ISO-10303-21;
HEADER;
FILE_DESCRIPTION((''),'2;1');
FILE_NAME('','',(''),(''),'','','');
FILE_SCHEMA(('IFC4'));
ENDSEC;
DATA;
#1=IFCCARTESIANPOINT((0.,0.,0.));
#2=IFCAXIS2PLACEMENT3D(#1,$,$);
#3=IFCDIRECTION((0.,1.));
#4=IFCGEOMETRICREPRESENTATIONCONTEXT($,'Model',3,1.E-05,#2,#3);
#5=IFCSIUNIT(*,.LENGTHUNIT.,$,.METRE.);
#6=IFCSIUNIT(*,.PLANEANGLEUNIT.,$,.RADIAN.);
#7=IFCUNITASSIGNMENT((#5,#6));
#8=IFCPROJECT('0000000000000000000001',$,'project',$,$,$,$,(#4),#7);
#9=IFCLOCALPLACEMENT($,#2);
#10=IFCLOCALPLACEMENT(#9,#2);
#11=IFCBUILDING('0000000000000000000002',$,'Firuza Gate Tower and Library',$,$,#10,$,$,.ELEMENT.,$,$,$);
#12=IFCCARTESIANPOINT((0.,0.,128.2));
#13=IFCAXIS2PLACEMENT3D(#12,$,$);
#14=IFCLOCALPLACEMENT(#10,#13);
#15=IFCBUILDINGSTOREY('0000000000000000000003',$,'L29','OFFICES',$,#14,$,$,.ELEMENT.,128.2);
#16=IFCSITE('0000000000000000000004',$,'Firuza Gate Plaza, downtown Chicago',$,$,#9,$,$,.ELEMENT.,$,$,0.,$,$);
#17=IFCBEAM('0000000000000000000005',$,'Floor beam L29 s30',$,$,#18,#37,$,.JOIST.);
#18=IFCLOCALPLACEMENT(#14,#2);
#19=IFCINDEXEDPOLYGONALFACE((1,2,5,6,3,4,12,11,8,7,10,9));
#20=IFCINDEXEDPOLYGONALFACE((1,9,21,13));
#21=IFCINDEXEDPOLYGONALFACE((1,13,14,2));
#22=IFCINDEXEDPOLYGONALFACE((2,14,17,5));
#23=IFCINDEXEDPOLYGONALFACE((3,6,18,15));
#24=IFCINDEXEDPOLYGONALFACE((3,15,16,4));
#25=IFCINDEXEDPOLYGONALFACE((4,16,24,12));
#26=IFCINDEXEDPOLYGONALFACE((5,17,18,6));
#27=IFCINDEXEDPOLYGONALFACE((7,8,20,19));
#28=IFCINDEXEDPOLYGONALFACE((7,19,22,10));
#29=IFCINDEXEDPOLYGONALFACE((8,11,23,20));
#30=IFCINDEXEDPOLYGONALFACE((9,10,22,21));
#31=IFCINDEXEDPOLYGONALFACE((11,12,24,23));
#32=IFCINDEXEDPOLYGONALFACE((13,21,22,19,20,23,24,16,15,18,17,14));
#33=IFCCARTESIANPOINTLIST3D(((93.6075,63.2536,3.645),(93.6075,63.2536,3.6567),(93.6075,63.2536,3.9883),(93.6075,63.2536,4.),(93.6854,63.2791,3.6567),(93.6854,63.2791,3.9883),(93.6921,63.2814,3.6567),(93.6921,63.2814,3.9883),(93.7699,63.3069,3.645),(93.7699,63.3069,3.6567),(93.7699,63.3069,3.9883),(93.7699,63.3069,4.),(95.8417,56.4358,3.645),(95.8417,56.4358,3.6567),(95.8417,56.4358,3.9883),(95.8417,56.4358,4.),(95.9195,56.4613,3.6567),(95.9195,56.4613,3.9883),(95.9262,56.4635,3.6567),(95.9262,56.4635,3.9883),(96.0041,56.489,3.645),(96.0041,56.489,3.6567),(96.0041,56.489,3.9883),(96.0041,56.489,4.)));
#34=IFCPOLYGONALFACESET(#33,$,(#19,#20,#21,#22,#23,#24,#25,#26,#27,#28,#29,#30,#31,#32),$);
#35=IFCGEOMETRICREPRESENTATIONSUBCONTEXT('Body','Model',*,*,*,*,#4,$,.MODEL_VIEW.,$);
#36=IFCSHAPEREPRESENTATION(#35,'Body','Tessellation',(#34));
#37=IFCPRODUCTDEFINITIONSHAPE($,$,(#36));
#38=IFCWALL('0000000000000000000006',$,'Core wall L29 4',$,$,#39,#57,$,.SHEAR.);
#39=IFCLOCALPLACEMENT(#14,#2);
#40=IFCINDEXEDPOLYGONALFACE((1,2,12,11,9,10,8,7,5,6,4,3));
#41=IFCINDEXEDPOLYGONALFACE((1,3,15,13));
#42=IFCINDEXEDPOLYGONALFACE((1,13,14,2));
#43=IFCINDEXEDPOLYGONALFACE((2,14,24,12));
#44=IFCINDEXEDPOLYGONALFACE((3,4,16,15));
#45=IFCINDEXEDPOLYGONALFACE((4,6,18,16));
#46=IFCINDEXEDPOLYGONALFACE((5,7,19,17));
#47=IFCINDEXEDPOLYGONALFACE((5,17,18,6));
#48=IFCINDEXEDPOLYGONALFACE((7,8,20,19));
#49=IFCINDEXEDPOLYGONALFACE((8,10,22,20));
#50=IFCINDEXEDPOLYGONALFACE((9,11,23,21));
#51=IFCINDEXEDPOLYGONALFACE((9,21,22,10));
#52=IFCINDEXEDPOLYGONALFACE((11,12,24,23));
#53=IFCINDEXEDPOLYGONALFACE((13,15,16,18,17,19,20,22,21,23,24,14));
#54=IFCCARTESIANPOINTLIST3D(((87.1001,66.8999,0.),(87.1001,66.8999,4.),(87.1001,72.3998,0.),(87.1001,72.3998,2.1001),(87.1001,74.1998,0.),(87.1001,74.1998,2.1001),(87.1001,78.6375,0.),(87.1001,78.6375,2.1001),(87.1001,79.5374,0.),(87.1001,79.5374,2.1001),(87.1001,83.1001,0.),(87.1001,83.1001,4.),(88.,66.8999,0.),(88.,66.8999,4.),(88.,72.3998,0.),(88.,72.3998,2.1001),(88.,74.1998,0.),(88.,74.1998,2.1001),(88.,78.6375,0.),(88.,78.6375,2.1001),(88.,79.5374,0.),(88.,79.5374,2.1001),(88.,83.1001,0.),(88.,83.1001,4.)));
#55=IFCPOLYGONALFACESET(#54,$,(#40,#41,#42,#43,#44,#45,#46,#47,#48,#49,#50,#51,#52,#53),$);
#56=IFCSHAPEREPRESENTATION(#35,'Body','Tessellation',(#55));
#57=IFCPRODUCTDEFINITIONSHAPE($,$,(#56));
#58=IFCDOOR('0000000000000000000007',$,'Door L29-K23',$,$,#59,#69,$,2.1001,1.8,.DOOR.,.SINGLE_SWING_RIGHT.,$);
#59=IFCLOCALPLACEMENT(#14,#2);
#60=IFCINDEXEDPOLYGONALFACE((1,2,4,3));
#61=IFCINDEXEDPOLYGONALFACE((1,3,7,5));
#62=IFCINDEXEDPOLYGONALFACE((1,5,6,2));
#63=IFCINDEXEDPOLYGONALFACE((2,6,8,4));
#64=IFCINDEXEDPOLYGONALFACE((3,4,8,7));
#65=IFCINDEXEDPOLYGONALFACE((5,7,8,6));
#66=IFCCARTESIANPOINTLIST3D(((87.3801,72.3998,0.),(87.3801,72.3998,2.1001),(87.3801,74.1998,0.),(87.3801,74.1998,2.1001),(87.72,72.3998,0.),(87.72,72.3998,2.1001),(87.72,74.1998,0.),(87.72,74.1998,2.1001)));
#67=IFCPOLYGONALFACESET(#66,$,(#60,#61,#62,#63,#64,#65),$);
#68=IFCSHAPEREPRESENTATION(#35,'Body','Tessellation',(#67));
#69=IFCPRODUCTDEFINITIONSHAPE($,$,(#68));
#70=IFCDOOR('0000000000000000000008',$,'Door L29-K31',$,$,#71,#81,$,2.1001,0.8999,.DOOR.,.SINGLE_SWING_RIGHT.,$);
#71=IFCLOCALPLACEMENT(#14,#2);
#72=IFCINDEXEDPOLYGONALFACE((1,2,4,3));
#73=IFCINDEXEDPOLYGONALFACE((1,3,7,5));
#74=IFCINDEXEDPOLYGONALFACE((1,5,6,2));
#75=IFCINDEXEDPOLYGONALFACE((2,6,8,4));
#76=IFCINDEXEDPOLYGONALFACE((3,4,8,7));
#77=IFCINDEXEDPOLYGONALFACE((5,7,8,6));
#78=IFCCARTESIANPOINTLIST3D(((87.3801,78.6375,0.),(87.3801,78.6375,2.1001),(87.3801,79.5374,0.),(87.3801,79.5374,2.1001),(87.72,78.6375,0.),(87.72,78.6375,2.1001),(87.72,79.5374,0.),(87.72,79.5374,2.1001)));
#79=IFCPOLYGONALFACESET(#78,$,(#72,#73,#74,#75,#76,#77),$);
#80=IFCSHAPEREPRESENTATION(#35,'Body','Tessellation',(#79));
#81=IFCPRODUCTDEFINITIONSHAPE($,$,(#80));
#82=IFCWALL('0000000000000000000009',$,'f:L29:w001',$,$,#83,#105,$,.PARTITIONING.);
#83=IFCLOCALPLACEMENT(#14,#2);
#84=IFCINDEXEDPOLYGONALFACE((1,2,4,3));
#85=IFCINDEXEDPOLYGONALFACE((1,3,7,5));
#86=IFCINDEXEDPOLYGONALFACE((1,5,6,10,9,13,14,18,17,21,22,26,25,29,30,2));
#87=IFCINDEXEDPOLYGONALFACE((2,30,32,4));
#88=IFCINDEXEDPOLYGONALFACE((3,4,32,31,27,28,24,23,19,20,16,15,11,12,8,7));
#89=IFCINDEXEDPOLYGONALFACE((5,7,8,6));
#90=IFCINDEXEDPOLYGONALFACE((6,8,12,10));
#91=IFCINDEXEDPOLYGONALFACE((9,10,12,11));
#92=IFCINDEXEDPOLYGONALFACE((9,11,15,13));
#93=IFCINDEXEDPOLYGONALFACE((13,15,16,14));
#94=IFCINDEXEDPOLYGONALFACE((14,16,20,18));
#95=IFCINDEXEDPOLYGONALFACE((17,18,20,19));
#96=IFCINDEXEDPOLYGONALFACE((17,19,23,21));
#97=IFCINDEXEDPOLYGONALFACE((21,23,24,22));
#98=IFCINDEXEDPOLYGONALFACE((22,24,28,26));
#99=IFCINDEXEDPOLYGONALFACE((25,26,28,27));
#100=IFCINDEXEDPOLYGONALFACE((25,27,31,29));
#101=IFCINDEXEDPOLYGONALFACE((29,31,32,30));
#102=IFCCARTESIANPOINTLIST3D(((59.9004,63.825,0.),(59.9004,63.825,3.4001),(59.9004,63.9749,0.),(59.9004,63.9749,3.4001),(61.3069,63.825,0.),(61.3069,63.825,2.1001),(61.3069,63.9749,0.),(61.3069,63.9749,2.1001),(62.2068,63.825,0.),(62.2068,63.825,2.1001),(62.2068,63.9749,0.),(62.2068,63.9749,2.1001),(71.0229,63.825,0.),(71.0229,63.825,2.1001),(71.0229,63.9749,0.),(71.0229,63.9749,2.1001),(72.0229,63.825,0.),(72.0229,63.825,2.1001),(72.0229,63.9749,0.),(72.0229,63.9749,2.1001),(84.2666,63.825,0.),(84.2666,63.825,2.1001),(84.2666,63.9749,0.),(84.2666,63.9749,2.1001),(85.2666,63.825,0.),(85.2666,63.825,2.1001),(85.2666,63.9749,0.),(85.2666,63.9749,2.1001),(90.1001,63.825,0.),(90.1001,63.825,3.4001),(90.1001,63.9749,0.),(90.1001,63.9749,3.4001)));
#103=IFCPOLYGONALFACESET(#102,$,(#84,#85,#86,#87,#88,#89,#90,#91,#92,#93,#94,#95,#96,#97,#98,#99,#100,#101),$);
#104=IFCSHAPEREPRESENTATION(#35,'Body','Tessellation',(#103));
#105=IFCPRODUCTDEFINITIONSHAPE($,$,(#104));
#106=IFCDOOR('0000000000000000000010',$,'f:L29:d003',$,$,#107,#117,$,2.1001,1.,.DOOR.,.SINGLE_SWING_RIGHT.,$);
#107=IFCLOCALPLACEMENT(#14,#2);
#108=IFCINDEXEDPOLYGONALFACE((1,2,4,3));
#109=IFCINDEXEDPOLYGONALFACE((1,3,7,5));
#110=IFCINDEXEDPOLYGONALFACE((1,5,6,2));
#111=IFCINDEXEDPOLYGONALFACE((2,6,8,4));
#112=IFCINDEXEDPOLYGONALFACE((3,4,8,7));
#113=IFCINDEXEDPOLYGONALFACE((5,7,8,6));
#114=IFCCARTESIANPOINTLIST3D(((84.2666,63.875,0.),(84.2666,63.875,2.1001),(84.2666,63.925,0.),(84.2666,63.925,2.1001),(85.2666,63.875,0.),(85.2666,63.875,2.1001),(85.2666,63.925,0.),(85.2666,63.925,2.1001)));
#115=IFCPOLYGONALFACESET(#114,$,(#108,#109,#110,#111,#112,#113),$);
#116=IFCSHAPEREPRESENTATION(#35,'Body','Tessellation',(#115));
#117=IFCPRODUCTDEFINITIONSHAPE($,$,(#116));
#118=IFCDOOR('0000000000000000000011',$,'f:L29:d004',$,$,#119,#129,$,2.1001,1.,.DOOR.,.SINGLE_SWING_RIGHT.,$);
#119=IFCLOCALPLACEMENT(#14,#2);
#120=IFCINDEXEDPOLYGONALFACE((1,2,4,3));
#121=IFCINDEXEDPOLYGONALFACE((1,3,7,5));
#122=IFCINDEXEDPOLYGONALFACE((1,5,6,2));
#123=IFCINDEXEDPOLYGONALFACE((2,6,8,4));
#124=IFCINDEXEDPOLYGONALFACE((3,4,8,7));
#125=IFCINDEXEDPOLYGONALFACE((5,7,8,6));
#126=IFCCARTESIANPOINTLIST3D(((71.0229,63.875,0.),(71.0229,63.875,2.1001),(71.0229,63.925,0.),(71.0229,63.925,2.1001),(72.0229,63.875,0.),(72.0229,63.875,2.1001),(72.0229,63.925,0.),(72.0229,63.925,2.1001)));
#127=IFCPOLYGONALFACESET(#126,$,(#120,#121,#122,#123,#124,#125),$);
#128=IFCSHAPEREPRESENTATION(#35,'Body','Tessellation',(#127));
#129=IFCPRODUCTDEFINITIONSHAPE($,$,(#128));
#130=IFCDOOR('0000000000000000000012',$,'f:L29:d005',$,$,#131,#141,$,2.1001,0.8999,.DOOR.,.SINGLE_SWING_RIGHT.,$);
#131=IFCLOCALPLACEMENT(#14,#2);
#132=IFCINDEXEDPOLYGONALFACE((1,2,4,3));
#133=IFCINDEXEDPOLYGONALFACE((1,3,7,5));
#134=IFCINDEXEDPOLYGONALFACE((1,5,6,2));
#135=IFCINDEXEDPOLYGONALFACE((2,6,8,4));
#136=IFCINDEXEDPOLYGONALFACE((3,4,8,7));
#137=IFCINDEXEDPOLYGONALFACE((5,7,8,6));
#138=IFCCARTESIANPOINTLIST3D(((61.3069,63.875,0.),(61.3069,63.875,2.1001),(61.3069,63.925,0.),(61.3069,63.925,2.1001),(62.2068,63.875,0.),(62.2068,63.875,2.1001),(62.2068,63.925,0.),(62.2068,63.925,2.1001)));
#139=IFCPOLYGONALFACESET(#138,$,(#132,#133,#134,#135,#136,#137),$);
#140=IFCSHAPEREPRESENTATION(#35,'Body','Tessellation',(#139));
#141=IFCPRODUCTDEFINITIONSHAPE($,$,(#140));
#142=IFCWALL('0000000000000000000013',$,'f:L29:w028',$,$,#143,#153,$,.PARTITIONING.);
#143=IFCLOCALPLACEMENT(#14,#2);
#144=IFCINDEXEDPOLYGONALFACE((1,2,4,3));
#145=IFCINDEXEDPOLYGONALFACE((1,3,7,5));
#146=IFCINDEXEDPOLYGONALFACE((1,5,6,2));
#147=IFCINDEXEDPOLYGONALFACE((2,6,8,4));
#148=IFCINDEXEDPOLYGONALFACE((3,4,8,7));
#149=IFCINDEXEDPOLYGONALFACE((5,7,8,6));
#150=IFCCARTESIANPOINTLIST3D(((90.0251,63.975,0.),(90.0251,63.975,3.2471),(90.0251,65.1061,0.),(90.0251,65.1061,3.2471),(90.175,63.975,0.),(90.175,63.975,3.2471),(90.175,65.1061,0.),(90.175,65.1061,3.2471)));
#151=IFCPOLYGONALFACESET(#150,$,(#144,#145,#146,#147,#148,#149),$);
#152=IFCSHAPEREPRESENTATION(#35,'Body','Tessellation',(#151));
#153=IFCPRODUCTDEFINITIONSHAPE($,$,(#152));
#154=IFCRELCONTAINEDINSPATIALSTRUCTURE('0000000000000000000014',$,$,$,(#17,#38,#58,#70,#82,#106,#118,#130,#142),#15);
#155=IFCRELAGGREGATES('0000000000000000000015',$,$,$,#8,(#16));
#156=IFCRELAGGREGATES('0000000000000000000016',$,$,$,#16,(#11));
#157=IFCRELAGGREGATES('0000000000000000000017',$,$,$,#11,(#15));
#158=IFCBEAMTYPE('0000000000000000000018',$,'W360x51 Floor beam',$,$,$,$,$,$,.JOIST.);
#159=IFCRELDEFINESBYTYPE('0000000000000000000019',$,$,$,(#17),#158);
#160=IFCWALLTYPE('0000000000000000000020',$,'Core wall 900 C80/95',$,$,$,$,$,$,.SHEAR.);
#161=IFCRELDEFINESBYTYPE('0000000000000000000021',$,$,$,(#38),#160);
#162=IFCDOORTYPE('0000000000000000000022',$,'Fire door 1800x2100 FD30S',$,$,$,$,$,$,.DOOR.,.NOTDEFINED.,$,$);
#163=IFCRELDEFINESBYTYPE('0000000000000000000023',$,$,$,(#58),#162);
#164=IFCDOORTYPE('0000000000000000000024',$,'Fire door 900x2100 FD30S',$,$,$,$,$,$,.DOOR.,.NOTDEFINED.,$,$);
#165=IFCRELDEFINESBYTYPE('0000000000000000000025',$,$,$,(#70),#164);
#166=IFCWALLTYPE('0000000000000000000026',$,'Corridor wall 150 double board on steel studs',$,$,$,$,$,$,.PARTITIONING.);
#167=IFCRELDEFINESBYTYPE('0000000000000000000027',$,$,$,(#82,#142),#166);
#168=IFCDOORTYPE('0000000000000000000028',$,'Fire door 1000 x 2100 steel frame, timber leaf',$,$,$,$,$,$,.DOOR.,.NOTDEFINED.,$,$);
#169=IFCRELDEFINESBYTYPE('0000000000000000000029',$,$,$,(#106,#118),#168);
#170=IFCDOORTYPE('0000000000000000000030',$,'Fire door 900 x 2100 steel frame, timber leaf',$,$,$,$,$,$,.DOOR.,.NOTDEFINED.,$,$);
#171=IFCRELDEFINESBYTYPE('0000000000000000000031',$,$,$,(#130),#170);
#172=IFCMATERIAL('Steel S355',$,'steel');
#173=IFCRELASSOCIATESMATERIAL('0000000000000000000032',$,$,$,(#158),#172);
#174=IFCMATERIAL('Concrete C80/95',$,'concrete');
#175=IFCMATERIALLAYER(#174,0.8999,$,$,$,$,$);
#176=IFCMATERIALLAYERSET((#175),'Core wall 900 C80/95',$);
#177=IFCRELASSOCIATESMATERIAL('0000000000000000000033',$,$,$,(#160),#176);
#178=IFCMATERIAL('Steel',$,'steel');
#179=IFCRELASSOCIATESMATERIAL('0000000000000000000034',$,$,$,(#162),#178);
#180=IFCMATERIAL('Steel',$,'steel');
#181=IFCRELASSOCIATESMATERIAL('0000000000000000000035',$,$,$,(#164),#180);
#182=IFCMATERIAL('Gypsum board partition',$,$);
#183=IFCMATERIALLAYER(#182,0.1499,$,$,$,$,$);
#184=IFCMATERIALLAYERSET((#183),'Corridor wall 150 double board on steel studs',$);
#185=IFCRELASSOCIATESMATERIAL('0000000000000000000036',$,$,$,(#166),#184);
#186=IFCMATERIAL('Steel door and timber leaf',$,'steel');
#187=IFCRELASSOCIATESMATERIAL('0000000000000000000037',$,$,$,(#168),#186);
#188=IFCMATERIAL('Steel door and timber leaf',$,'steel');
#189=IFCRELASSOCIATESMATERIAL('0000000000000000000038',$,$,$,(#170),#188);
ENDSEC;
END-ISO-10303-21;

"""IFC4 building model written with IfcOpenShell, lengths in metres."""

from ifc_helpers import new_model, si_unit, direction, frame, frame_2d, origin, origin_2d, place, context, subcontext, project, spatial, rectangle, i_section, extrude, material, layer, layer_set, material_profile, profile_set, type_object, element, fill, save


model = new_model("IFC4")

# Units and contexts
model_context = context("Model", 3, precision=1e-05, world=origin(), true_north=direction((0.0, 1.0)))
body_context = subcontext(model_context, "Body", "Model", "MODEL_VIEW")
ifc_project = project(units=[si_unit("LENGTHUNIT", "METRE"), si_unit("PLANEANGLEUNIT", "RADIAN")], contexts=[model_context])

# Site, building, storey
site_placement = place(None, origin())
site = spatial("IfcSite", under=ifc_project, at=site_placement, Name="Firuza Gate Plaza, downtown Chicago", CompositionType="ELEMENT", RefElevation=0.0)
building_placement = place(site_placement, origin())
building = spatial("IfcBuilding", under=site, at=building_placement, Name="Firuza Gate Tower and Library", CompositionType="ELEMENT")
storey_placement = place(building_placement, frame((0.0, 0.0, 128.2)))
storey = spatial("IfcBuildingStorey", under=building, at=storey_placement, Name="L29", Description="OFFICES", CompositionType="ELEMENT", Elevation=128.2)

# Beam
ifc_material_1 = material(Name="Steel S355", Category="steel")
ifc_material_profile = material_profile(ifc_material_1, i_section(OverallWidth=0.1709, OverallDepth=0.355, WebThickness=0.0071, FlangeThickness=0.0117, at=origin_2d()))
ifc_profile_set = profile_set([ifc_material_profile], Name="Steel S355")
beam_type = type_object("IfcBeamType", Name="W360x51 Floor beam", PredefinedType="JOIST", material=ifc_profile_set)
beam_placement = place(storey_placement, frame((95.9229, 56.4624, 3.8225), z_axis=(-0.311395, 0.950281, 0.0), x_axis=(-0.950281, -0.311395, 0.0)))
element("IfcBeam", 1, at=beam_placement, inside=storey, type_object=beam_type, Name="Floor beam L29 s30", PredefinedType="JOIST", context=body_context, shape_type="SweptSolid", body=[
    extrude(i_section(OverallWidth=0.1709, OverallDepth=0.355, WebThickness=0.0071, FlangeThickness=0.0117, at=origin_2d()), origin(), (0.0, 0.0, 1.0), 7.1746),
])

# Walls, openings, doors
ifc_material_2 = material(Name="Concrete C80/95", Category="concrete")
ifc_layer_1 = layer(ifc_material_2, 0.8999)
ifc_layer_set_1 = layer_set([ifc_layer_1], Name="Core wall 900 C80/95")
wall_type_1 = type_object("IfcWallType", Name="Core wall 900 C80/95", PredefinedType="SHEAR", material=ifc_layer_set_1)
wall_1_placement = place(storey_placement, frame((87.55, 66.8999, 0.0), z_axis=(0.0, 0.0, 1.0), x_axis=(0.0, 1.0, 0.0)))
wall_1 = element("IfcWall", 2, at=wall_1_placement, inside=storey, type_object=wall_type_1, Name="Core wall L29 4", PredefinedType="SHEAR", context=body_context, shape_type="SweptSolid", body=[
    extrude(rectangle(XDim=16.2002, YDim=0.8999, at=frame_2d((8.1001, 0.0))), origin(), (0.0, 0.0, 1.0), 4.0),
])
opening_1_placement = place(wall_1_placement, frame((5.5, 0.0, 0.0)))
opening_1 = element("IfcOpeningElement", 3, at=opening_1_placement, cuts=wall_1, PredefinedType="OPENING", context=body_context, shape_type="SweptSolid", body=[
    extrude(rectangle(XDim=1.8, YDim=2.1001, at=frame_2d((0.8999, 1.05))), frame((0.0, 0.46, 0.0), z_axis=(0.0, -1.0, 0.0), x_axis=(1.0, 0.0, 0.0)), (0.0, 0.0, 1.0), 0.9199),
])
opening_2_placement = place(wall_1_placement, frame((11.7375, 0.0, 0.0)))
opening_2 = element("IfcOpeningElement", 4, at=opening_2_placement, cuts=wall_1, PredefinedType="OPENING", context=body_context, shape_type="SweptSolid", body=[
    extrude(rectangle(XDim=0.8999, YDim=2.1001, at=frame_2d((0.45, 1.05))), frame((0.0, 0.46, 0.0), z_axis=(0.0, -1.0, 0.0), x_axis=(1.0, 0.0, 0.0)), (0.0, 0.0, 1.0), 0.9199),
])
ifc_material_3 = material(Name="Steel", Category="steel")
door_type_1 = type_object("IfcDoorType", Name="Fire door 1800x2100 FD30S", OperationType="NOTDEFINED", PredefinedType="DOOR", material=ifc_material_3)
door_1_placement = place(opening_1_placement, origin())
door_1 = element("IfcDoor", 5, at=door_1_placement, inside=storey, type_object=door_type_1, Name="Door L29-K23", OperationType="SINGLE_SWING_RIGHT", OverallHeight=2.1001, OverallWidth=1.8, PredefinedType="DOOR", context=body_context, shape_type="SweptSolid", body=[
    extrude(rectangle(XDim=1.8, YDim=2.1001, at=frame_2d((0.8999, 1.05))), frame((0.0, 0.1699, 0.0), z_axis=(0.0, -1.0, 0.0), x_axis=(1.0, 0.0, 0.0)), (0.0, 0.0, 1.0), 0.3398),
])
fill(opening_1, door_1)
ifc_material_4 = material(Name="Steel", Category="steel")
door_type_2 = type_object("IfcDoorType", Name="Fire door 900x2100 FD30S", OperationType="NOTDEFINED", PredefinedType="DOOR", material=ifc_material_4)
door_2_placement = place(opening_2_placement, origin())
door_2 = element("IfcDoor", 6, at=door_2_placement, inside=storey, type_object=door_type_2, Name="Door L29-K31", OperationType="SINGLE_SWING_RIGHT", OverallHeight=2.1001, OverallWidth=0.8999, PredefinedType="DOOR", context=body_context, shape_type="SweptSolid", body=[
    extrude(rectangle(XDim=0.8999, YDim=2.1001, at=frame_2d((0.45, 1.05))), frame((0.0, 0.1699, 0.0), z_axis=(0.0, -1.0, 0.0), x_axis=(1.0, 0.0, 0.0)), (0.0, 0.0, 1.0), 0.3398),
])
fill(opening_2, door_2)
ifc_material_5 = material(Name="Gypsum board partition")
ifc_layer_2 = layer(ifc_material_5, 0.1499)
ifc_layer_set_2 = layer_set([ifc_layer_2], Name="Corridor wall 150 double board on steel studs")
wall_type_2 = type_object("IfcWallType", Name="Corridor wall 150 double board on steel studs", PredefinedType="PARTITIONING", material=ifc_layer_set_2)
wall_2_placement = place(storey_placement, frame((90.1001, 63.8999, 0.0), z_axis=(0.0, 0.0, 1.0), x_axis=(-1.0, 0.0, 0.0)))
wall_2 = element("IfcWall", 7, at=wall_2_placement, inside=storey, type_object=wall_type_2, Name="f:L29:w001", PredefinedType="PARTITIONING", context=body_context, shape_type="SweptSolid", body=[
    extrude(rectangle(XDim=30.1997, YDim=0.1499, at=frame_2d((15.0999, 0.0))), origin(), (0.0, 0.0, 1.0), 3.4001),
])
opening_3_placement = place(wall_2_placement, frame((4.8335, 0.0, 0.0)))
opening_3 = element("IfcOpeningElement", 8, at=opening_3_placement, cuts=wall_2, PredefinedType="OPENING", context=body_context, shape_type="SweptSolid", body=[
    extrude(rectangle(XDim=1.0, YDim=2.1001, at=frame_2d((0.5, 1.05))), frame((0.0, 0.085, 0.0), z_axis=(0.0, -1.0, 0.0), x_axis=(1.0, 0.0, 0.0)), (0.0, 0.0, 1.0), 0.1699),
])
opening_4_placement = place(wall_2_placement, frame((18.0771, 0.0, 0.0)))
opening_4 = element("IfcOpeningElement", 9, at=opening_4_placement, cuts=wall_2, PredefinedType="OPENING", context=body_context, shape_type="SweptSolid", body=[
    extrude(rectangle(XDim=1.0, YDim=2.1001, at=frame_2d((0.5, 1.05))), frame((0.0, 0.085, 0.0), z_axis=(0.0, -1.0, 0.0), x_axis=(1.0, 0.0, 0.0)), (0.0, 0.0, 1.0), 0.1699),
])
opening_5_placement = place(wall_2_placement, frame((27.8933, 0.0, 0.0)))
opening_5 = element("IfcOpeningElement", 10, at=opening_5_placement, cuts=wall_2, PredefinedType="OPENING", context=body_context, shape_type="SweptSolid", body=[
    extrude(rectangle(XDim=0.8999, YDim=2.1001, at=frame_2d((0.45, 1.05))), frame((0.0, 0.085, 0.0), z_axis=(0.0, -1.0, 0.0), x_axis=(1.0, 0.0, 0.0)), (0.0, 0.0, 1.0), 0.1699),
])
ifc_material_6 = material(Name="Steel door and timber leaf", Category="steel")
door_type_3 = type_object("IfcDoorType", Name="Fire door 1000 x 2100 steel frame, timber leaf", OperationType="NOTDEFINED", PredefinedType="DOOR", material=ifc_material_6)
door_3_placement = place(opening_3_placement, origin())
door_3 = element("IfcDoor", 11, at=door_3_placement, inside=storey, type_object=door_type_3, Name="f:L29:d003", OperationType="SINGLE_SWING_RIGHT", OverallHeight=2.1001, OverallWidth=1.0, PredefinedType="DOOR", context=body_context, shape_type="SweptSolid", body=[
    extrude(rectangle(XDim=1.0, YDim=2.1001, at=frame_2d((0.5, 1.05))), frame((0.0, 0.0249, 0.0), z_axis=(0.0, -1.0, 0.0), x_axis=(1.0, 0.0, 0.0)), (0.0, 0.0, 1.0), 0.05),
])
fill(opening_3, door_3)
door_4_placement = place(opening_4_placement, origin())
door_4 = element("IfcDoor", 12, at=door_4_placement, inside=storey, type_object=door_type_3, Name="f:L29:d004", OperationType="SINGLE_SWING_RIGHT", OverallHeight=2.1001, OverallWidth=1.0, PredefinedType="DOOR", context=body_context, shape_type="SweptSolid", body=[
    extrude(rectangle(XDim=1.0, YDim=2.1001, at=frame_2d((0.5, 1.05))), frame((0.0, 0.0249, 0.0), z_axis=(0.0, -1.0, 0.0), x_axis=(1.0, 0.0, 0.0)), (0.0, 0.0, 1.0), 0.05),
])
fill(opening_4, door_4)
ifc_material_7 = material(Name="Steel door and timber leaf", Category="steel")
door_type_4 = type_object("IfcDoorType", Name="Fire door 900 x 2100 steel frame, timber leaf", OperationType="NOTDEFINED", PredefinedType="DOOR", material=ifc_material_7)
door_5_placement = place(opening_5_placement, origin())
door_5 = element("IfcDoor", 13, at=door_5_placement, inside=storey, type_object=door_type_4, Name="f:L29:d005", OperationType="SINGLE_SWING_RIGHT", OverallHeight=2.1001, OverallWidth=0.8999, PredefinedType="DOOR", context=body_context, shape_type="SweptSolid", body=[
    extrude(rectangle(XDim=0.8999, YDim=2.1001, at=frame_2d((0.45, 1.05))), frame((0.0, 0.0249, 0.0), z_axis=(0.0, -1.0, 0.0), x_axis=(1.0, 0.0, 0.0)), (0.0, 0.0, 1.0), 0.05),
])
fill(opening_5, door_5)

# Wall
wall_3_placement = place(storey_placement, frame((90.1001, 63.9751, 0.0), z_axis=(0.0, 0.0, 1.0), x_axis=(0.0, 1.0, 0.0)))
element("IfcWall", 14, at=wall_3_placement, inside=storey, type_object=wall_type_2, Name="f:L29:w028", PredefinedType="PARTITIONING", context=body_context, shape_type="SweptSolid", body=[
    extrude(rectangle(XDim=1.1311, YDim=0.1499, at=frame_2d((0.5654, 0.0))), origin(), (0.0, 0.0, 1.0), 3.2471),
])

save(model, "model.ifc")
